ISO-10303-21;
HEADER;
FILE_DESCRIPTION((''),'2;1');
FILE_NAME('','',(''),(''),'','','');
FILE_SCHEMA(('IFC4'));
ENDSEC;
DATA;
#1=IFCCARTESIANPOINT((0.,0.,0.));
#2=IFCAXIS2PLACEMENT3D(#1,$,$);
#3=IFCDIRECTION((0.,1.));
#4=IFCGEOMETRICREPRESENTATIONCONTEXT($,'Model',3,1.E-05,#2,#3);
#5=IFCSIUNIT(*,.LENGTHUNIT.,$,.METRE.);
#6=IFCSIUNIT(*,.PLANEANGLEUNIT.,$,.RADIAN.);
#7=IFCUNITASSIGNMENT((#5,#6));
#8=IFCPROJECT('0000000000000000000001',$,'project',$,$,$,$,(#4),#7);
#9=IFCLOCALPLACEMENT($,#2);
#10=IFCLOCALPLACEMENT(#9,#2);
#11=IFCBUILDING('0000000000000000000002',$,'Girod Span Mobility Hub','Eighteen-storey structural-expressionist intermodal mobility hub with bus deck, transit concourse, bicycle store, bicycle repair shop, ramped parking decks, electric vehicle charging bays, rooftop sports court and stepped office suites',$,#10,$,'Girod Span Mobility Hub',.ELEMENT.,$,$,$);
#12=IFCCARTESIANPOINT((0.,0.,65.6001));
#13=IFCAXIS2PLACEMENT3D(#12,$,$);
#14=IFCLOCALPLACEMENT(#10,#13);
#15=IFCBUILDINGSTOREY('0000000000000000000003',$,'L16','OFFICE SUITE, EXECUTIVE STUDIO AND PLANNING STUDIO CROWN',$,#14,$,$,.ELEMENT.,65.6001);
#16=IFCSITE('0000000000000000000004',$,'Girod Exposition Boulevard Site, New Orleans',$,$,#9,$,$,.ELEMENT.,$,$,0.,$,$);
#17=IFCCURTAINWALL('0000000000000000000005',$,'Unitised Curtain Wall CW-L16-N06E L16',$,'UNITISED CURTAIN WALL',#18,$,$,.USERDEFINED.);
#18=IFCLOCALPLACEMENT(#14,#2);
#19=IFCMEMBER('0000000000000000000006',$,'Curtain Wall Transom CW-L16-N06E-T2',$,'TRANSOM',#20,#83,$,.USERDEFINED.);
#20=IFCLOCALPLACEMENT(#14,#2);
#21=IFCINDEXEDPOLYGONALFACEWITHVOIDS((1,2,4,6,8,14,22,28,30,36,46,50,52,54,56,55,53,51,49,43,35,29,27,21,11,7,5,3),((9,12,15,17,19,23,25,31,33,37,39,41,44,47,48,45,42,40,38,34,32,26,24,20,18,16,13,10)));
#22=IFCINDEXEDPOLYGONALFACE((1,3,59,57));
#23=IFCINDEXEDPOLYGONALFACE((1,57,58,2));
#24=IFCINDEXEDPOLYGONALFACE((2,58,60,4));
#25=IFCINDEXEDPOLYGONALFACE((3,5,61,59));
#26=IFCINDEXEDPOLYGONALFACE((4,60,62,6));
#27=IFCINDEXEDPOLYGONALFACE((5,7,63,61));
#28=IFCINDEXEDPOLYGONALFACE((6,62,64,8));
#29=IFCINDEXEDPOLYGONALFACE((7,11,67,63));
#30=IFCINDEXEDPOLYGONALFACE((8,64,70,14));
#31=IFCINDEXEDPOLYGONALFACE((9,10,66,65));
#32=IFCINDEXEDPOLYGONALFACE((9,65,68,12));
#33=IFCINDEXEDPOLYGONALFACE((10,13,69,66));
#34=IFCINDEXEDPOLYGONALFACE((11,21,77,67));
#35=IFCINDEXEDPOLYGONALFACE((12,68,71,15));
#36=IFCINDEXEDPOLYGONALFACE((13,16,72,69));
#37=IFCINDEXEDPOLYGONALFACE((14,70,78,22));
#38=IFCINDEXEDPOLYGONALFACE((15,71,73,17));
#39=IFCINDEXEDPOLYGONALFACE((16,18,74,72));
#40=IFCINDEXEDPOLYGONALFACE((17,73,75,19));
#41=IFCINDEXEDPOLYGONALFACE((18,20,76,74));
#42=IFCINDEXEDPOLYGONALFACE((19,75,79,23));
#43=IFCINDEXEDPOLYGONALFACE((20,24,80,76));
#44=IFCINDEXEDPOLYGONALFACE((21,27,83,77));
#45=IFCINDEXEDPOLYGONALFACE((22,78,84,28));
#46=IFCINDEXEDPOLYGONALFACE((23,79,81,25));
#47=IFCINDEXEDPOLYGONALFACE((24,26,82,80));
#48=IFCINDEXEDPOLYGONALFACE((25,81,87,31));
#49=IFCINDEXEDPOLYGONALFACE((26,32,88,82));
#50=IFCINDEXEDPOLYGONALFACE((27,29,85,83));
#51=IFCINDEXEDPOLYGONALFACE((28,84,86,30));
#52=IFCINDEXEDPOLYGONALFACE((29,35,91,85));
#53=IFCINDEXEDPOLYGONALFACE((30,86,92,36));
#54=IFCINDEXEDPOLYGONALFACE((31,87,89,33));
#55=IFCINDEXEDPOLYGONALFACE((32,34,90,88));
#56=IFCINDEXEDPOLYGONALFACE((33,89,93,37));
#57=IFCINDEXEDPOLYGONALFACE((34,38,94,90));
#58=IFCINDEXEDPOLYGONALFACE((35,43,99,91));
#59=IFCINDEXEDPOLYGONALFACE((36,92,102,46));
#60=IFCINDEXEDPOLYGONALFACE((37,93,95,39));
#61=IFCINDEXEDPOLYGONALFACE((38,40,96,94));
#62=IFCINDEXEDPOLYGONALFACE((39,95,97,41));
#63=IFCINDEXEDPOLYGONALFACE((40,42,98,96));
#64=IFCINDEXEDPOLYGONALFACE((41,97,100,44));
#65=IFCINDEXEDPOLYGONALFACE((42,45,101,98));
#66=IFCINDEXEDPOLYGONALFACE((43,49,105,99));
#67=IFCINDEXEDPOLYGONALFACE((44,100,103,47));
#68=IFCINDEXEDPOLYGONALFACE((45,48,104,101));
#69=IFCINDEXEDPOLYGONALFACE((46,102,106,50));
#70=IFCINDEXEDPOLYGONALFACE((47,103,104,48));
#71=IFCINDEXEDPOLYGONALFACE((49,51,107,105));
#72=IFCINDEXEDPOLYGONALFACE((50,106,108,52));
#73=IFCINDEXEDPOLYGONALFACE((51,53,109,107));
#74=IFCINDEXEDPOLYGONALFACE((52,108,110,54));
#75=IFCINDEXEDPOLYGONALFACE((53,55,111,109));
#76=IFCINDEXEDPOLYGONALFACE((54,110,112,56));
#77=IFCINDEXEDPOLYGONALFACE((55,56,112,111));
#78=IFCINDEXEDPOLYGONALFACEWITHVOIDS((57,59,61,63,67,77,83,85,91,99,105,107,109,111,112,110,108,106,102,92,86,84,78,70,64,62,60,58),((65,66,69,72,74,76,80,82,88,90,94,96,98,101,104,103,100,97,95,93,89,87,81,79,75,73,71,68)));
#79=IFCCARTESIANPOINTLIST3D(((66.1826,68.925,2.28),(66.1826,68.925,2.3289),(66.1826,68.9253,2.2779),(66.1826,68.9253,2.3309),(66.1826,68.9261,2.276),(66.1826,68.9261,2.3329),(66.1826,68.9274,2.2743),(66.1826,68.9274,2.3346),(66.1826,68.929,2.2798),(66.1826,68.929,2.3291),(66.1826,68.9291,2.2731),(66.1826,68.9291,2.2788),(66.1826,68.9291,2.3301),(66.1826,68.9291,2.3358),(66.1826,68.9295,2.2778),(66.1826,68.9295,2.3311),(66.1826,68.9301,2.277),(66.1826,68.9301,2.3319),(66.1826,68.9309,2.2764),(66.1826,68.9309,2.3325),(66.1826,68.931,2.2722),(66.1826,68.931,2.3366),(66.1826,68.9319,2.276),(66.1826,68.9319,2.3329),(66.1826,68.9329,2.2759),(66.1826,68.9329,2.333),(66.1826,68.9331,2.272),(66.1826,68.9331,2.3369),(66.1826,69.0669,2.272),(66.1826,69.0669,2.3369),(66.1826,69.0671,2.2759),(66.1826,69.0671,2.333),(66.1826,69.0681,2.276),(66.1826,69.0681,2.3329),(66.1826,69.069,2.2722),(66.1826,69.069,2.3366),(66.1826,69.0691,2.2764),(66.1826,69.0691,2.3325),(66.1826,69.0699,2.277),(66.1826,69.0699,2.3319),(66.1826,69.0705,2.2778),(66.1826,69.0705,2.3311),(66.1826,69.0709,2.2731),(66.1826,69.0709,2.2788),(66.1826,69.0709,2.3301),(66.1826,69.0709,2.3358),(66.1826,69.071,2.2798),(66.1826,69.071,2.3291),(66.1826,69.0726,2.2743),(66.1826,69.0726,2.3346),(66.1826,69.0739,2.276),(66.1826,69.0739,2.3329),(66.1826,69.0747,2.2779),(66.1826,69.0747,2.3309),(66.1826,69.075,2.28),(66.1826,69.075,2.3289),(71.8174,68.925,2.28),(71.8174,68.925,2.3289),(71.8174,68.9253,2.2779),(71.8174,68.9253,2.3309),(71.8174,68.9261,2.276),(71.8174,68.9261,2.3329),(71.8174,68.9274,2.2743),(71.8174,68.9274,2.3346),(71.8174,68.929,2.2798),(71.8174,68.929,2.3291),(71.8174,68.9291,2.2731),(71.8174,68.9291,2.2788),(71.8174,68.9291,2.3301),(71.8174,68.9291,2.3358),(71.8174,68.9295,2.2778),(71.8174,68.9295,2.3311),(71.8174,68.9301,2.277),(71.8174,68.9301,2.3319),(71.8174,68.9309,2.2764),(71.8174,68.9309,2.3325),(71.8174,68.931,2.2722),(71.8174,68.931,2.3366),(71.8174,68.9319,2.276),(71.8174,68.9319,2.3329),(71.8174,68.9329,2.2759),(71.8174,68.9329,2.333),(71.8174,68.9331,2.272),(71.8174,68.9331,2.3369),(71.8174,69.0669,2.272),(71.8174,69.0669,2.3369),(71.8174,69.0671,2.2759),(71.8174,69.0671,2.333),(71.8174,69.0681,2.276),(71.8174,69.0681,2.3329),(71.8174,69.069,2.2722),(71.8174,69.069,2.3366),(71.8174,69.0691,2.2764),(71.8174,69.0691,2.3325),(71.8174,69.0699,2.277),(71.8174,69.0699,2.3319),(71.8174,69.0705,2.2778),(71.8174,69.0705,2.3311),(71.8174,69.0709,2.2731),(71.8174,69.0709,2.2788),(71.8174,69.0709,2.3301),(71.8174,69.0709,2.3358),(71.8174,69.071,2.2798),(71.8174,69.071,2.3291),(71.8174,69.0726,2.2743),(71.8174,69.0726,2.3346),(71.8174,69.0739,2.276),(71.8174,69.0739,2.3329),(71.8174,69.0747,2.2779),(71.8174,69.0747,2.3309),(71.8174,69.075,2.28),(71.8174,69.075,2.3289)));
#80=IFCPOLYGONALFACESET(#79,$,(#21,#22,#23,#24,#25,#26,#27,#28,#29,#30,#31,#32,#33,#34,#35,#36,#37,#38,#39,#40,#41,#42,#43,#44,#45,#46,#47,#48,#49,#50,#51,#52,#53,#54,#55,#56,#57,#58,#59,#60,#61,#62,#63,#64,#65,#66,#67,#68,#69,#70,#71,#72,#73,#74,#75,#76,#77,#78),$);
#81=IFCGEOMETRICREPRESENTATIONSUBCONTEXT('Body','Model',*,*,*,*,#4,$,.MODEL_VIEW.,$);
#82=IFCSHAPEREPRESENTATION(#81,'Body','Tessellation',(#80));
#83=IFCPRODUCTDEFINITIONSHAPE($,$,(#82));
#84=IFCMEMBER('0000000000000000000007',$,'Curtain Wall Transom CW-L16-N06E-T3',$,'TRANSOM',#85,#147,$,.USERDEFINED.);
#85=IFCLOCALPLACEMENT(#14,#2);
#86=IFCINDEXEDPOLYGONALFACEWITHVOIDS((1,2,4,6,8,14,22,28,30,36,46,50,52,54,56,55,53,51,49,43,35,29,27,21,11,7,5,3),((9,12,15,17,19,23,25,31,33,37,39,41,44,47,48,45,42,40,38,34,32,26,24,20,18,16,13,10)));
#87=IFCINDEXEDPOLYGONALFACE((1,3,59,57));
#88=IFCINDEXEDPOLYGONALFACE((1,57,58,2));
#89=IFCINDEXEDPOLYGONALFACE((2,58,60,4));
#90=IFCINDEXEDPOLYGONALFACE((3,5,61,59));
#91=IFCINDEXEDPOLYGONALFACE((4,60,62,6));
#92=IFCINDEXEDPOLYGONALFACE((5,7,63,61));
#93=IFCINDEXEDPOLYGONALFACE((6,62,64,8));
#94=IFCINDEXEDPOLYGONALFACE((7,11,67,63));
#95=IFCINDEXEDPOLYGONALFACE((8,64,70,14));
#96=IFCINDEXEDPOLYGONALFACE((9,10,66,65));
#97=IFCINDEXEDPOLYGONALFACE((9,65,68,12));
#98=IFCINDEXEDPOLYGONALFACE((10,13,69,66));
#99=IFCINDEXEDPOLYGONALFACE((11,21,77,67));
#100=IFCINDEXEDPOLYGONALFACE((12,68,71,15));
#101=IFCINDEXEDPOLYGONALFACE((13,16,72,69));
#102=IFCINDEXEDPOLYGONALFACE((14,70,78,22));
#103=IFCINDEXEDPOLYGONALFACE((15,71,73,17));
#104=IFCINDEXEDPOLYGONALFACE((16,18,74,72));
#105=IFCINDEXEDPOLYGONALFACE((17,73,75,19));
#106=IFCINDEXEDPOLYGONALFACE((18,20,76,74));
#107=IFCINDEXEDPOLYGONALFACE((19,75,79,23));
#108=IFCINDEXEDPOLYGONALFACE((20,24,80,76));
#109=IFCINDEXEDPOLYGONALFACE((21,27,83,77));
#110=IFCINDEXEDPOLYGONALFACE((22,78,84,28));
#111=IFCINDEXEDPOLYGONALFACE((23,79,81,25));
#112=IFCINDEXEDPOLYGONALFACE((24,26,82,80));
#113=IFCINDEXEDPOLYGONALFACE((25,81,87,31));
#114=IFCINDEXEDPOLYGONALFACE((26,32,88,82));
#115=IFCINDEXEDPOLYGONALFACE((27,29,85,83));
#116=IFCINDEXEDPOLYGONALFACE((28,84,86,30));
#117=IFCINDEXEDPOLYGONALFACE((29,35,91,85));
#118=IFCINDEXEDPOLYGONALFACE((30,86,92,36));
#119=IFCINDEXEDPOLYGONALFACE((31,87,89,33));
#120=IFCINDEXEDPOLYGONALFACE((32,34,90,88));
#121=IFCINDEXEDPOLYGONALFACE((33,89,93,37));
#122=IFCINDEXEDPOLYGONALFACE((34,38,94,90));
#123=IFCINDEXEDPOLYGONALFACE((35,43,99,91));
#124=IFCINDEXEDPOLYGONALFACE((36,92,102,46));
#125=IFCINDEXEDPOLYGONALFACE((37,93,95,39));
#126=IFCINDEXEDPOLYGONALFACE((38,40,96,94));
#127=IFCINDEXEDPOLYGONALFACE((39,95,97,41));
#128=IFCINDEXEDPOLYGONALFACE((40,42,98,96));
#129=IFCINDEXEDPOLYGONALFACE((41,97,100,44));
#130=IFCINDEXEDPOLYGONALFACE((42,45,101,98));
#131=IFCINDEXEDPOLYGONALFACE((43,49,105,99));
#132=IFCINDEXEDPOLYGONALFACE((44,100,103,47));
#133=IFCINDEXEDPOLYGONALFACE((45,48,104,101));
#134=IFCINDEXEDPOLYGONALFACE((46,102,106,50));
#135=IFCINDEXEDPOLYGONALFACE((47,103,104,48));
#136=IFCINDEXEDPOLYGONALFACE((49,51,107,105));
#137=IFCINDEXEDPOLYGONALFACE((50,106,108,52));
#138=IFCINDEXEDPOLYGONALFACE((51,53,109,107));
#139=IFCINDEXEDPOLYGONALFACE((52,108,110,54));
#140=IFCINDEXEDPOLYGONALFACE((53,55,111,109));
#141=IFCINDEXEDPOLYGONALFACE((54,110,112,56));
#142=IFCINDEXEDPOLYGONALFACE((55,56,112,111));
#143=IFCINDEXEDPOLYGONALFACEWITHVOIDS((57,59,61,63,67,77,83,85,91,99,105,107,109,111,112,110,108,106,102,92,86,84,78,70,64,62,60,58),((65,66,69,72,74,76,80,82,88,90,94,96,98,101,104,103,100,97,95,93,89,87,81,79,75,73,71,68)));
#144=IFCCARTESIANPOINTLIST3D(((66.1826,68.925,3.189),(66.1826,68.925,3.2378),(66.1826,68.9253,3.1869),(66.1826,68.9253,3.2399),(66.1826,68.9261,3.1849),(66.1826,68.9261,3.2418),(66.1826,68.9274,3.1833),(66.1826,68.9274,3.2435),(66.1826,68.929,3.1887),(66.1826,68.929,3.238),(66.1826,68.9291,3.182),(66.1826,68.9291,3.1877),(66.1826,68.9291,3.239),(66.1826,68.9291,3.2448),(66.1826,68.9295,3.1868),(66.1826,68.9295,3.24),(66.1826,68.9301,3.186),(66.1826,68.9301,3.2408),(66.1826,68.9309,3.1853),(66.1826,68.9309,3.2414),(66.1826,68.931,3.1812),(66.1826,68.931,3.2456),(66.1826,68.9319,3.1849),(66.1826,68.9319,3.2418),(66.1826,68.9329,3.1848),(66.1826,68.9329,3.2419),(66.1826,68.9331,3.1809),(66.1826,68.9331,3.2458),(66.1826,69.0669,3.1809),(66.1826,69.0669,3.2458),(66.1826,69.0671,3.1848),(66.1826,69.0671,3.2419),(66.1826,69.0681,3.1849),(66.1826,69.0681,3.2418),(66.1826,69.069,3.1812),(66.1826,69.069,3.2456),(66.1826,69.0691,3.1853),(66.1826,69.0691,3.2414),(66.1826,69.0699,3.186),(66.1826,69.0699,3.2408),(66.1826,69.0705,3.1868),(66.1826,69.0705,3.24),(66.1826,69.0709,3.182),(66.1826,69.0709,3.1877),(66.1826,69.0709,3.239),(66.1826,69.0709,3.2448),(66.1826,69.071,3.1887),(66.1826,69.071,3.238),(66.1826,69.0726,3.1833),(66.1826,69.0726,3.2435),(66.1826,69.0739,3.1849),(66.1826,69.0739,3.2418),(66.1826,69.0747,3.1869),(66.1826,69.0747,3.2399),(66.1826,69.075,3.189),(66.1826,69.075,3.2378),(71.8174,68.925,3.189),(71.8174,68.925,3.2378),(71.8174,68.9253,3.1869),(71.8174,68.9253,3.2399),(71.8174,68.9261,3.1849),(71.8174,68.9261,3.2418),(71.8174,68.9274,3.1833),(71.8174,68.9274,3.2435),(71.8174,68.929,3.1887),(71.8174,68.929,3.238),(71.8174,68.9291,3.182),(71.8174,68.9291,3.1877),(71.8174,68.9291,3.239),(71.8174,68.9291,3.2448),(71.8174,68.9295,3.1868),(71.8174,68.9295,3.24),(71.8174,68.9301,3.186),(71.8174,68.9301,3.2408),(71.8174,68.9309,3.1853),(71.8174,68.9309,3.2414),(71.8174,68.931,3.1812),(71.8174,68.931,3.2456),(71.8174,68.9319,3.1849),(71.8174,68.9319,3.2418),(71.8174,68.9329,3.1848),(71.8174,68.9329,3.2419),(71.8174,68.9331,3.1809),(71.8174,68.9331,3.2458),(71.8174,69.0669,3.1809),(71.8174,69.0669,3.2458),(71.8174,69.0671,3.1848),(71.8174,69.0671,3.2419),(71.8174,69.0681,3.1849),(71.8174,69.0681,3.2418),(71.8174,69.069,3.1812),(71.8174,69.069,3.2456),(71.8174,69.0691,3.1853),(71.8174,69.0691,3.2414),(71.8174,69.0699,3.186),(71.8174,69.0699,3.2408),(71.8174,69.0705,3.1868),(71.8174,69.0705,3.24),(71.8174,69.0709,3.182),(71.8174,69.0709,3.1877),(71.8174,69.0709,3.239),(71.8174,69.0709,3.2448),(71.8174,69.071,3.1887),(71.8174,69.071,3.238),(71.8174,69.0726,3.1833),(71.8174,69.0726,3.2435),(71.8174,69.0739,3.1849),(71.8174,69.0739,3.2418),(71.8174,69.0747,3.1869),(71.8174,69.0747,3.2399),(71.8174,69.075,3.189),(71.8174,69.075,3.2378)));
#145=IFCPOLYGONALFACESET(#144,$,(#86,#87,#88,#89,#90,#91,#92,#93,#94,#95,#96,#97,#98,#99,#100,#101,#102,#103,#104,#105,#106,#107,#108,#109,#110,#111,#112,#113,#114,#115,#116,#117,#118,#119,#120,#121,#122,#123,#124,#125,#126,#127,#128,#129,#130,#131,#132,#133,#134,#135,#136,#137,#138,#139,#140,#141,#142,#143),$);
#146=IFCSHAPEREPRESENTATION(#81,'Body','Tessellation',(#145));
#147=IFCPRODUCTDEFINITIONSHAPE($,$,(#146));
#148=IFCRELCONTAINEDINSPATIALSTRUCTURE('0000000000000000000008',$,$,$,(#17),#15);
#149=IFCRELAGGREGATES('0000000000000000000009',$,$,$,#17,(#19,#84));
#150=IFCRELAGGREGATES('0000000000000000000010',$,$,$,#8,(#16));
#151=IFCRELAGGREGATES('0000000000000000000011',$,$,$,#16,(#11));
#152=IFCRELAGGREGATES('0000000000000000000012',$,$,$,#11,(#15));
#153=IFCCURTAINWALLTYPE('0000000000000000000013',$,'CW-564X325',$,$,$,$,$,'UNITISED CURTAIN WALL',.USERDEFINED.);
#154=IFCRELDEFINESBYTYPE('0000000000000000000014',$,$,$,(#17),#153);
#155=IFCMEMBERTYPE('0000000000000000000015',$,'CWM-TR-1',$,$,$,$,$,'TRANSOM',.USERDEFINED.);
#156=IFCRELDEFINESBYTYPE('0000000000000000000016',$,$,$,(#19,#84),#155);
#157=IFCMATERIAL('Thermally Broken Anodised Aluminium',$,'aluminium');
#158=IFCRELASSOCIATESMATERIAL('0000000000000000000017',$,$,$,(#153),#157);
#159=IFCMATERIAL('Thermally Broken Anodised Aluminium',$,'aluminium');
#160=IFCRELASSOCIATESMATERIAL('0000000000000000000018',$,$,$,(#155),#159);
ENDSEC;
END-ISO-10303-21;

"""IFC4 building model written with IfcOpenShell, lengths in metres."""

from ifc_helpers import new_model, si_unit, direction, frame, origin, origin_2d, place, context, subcontext, project, spatial, hollow_rectangle, extrude, material, material_profile, profile_set, type_object, element, aggregate, save


model = new_model("IFC4")

# Units and contexts
model_context = context("Model", 3, precision=1e-05, world=origin(), true_north=direction((0.0, 1.0)))
body_context = subcontext(model_context, "Body", "Model", "MODEL_VIEW")
ifc_project = project(units=[si_unit("LENGTHUNIT", "METRE"), si_unit("PLANEANGLEUNIT", "RADIAN")], contexts=[model_context])

# Site, building, storey
site_placement = place(None, origin())
site = spatial("IfcSite", under=ifc_project, at=site_placement, Name="Girod Exposition Boulevard Site, New Orleans", CompositionType="ELEMENT", RefElevation=0.0)
building_placement = place(site_placement, origin())
building = spatial("IfcBuilding", under=site, at=building_placement, Name="Girod Span Mobility Hub", Description="Eighteen-storey structural-expressionist intermodal mobility hub with bus deck, transit concourse, bicycle store, bicycle repair shop, ramped parking decks, electric vehicle charging bays, rooftop sports court and stepped office suites", LongName="Girod Span Mobility Hub", CompositionType="ELEMENT")
storey_placement = place(building_placement, frame((0.0, 0.0, 65.6001)))
storey = spatial("IfcBuildingStorey", under=building, at=storey_placement, Name="L16", Description="OFFICE SUITE, EXECUTIVE STUDIO AND PLANNING STUDIO CROWN", CompositionType="ELEMENT", Elevation=65.6001)

# Curtain wall, members
ifc_material_1 = material(Name="Thermally Broken Anodised Aluminium", Category="aluminium")
curtain_wall_type = type_object("IfcCurtainWallType", Name="CW-564X325", ElementType="UNITISED CURTAIN WALL", PredefinedType="USERDEFINED", material=ifc_material_1)
curtain_wall_1_placement = place(storey_placement, origin())
curtain_wall_1 = element("IfcCurtainWall", 1, at=curtain_wall_1_placement, inside=storey, type_object=curtain_wall_type, Name="Unitised Curtain Wall CW-L16-N06E L16", ObjectType="UNITISED CURTAIN WALL", PredefinedType="USERDEFINED")
ifc_material_2 = material(Name="Thermally Broken Anodised Aluminium", Category="aluminium")
ifc_material_profile_1 = material_profile(ifc_material_2, hollow_rectangle(XDim=0.1499, YDim=0.0649, WallThickness=0.0039, InnerFilletRadius=0.0039, OuterFilletRadius=0.0081, at=origin_2d()), Name="CW-TR-65X150")
ifc_profile_set_1 = profile_set([ifc_material_profile_1], Name="Thermally Broken Anodised Aluminium")
member_type_1 = type_object("IfcMemberType", Name="CWM-TR-1", ElementType="TRANSOM", PredefinedType="USERDEFINED", material=ifc_profile_set_1)
member_1_placement = place(storey_placement, frame((66.1826, 69.0, 2.3044), z_axis=(1.0, 0.0, 0.0), x_axis=(0.0, 1.0, 0.0)))
member_1 = element("IfcMember", 2, at=member_1_placement, type_object=member_type_1, Name="Curtain Wall Transom CW-L16-N06E-T2", ObjectType="TRANSOM", PredefinedType="USERDEFINED", context=body_context, shape_type="SweptSolid", body=[
    extrude(hollow_rectangle(XDim=0.1499, YDim=0.0649, WallThickness=0.0039, InnerFilletRadius=0.0039, OuterFilletRadius=0.0081, at=origin_2d()), origin(), (0.0, 0.0, 1.0), 5.6348),
])
member_2_placement = place(storey_placement, frame((66.1826, 69.0, 3.2134), z_axis=(1.0, 0.0, 0.0), x_axis=(0.0, 1.0, 0.0)))
member_2 = element("IfcMember", 3, at=member_2_placement, type_object=member_type_1, Name="Curtain Wall Transom CW-L16-N06E-T3", ObjectType="TRANSOM", PredefinedType="USERDEFINED", context=body_context, shape_type="SweptSolid", body=[
    extrude(hollow_rectangle(XDim=0.1499, YDim=0.0649, WallThickness=0.0039, InnerFilletRadius=0.0039, OuterFilletRadius=0.0081, at=origin_2d()), origin(), (0.0, 0.0, 1.0), 5.6348),
])

aggregate(curtain_wall_1, [member_1, member_2])

save(model, "model.ifc")
